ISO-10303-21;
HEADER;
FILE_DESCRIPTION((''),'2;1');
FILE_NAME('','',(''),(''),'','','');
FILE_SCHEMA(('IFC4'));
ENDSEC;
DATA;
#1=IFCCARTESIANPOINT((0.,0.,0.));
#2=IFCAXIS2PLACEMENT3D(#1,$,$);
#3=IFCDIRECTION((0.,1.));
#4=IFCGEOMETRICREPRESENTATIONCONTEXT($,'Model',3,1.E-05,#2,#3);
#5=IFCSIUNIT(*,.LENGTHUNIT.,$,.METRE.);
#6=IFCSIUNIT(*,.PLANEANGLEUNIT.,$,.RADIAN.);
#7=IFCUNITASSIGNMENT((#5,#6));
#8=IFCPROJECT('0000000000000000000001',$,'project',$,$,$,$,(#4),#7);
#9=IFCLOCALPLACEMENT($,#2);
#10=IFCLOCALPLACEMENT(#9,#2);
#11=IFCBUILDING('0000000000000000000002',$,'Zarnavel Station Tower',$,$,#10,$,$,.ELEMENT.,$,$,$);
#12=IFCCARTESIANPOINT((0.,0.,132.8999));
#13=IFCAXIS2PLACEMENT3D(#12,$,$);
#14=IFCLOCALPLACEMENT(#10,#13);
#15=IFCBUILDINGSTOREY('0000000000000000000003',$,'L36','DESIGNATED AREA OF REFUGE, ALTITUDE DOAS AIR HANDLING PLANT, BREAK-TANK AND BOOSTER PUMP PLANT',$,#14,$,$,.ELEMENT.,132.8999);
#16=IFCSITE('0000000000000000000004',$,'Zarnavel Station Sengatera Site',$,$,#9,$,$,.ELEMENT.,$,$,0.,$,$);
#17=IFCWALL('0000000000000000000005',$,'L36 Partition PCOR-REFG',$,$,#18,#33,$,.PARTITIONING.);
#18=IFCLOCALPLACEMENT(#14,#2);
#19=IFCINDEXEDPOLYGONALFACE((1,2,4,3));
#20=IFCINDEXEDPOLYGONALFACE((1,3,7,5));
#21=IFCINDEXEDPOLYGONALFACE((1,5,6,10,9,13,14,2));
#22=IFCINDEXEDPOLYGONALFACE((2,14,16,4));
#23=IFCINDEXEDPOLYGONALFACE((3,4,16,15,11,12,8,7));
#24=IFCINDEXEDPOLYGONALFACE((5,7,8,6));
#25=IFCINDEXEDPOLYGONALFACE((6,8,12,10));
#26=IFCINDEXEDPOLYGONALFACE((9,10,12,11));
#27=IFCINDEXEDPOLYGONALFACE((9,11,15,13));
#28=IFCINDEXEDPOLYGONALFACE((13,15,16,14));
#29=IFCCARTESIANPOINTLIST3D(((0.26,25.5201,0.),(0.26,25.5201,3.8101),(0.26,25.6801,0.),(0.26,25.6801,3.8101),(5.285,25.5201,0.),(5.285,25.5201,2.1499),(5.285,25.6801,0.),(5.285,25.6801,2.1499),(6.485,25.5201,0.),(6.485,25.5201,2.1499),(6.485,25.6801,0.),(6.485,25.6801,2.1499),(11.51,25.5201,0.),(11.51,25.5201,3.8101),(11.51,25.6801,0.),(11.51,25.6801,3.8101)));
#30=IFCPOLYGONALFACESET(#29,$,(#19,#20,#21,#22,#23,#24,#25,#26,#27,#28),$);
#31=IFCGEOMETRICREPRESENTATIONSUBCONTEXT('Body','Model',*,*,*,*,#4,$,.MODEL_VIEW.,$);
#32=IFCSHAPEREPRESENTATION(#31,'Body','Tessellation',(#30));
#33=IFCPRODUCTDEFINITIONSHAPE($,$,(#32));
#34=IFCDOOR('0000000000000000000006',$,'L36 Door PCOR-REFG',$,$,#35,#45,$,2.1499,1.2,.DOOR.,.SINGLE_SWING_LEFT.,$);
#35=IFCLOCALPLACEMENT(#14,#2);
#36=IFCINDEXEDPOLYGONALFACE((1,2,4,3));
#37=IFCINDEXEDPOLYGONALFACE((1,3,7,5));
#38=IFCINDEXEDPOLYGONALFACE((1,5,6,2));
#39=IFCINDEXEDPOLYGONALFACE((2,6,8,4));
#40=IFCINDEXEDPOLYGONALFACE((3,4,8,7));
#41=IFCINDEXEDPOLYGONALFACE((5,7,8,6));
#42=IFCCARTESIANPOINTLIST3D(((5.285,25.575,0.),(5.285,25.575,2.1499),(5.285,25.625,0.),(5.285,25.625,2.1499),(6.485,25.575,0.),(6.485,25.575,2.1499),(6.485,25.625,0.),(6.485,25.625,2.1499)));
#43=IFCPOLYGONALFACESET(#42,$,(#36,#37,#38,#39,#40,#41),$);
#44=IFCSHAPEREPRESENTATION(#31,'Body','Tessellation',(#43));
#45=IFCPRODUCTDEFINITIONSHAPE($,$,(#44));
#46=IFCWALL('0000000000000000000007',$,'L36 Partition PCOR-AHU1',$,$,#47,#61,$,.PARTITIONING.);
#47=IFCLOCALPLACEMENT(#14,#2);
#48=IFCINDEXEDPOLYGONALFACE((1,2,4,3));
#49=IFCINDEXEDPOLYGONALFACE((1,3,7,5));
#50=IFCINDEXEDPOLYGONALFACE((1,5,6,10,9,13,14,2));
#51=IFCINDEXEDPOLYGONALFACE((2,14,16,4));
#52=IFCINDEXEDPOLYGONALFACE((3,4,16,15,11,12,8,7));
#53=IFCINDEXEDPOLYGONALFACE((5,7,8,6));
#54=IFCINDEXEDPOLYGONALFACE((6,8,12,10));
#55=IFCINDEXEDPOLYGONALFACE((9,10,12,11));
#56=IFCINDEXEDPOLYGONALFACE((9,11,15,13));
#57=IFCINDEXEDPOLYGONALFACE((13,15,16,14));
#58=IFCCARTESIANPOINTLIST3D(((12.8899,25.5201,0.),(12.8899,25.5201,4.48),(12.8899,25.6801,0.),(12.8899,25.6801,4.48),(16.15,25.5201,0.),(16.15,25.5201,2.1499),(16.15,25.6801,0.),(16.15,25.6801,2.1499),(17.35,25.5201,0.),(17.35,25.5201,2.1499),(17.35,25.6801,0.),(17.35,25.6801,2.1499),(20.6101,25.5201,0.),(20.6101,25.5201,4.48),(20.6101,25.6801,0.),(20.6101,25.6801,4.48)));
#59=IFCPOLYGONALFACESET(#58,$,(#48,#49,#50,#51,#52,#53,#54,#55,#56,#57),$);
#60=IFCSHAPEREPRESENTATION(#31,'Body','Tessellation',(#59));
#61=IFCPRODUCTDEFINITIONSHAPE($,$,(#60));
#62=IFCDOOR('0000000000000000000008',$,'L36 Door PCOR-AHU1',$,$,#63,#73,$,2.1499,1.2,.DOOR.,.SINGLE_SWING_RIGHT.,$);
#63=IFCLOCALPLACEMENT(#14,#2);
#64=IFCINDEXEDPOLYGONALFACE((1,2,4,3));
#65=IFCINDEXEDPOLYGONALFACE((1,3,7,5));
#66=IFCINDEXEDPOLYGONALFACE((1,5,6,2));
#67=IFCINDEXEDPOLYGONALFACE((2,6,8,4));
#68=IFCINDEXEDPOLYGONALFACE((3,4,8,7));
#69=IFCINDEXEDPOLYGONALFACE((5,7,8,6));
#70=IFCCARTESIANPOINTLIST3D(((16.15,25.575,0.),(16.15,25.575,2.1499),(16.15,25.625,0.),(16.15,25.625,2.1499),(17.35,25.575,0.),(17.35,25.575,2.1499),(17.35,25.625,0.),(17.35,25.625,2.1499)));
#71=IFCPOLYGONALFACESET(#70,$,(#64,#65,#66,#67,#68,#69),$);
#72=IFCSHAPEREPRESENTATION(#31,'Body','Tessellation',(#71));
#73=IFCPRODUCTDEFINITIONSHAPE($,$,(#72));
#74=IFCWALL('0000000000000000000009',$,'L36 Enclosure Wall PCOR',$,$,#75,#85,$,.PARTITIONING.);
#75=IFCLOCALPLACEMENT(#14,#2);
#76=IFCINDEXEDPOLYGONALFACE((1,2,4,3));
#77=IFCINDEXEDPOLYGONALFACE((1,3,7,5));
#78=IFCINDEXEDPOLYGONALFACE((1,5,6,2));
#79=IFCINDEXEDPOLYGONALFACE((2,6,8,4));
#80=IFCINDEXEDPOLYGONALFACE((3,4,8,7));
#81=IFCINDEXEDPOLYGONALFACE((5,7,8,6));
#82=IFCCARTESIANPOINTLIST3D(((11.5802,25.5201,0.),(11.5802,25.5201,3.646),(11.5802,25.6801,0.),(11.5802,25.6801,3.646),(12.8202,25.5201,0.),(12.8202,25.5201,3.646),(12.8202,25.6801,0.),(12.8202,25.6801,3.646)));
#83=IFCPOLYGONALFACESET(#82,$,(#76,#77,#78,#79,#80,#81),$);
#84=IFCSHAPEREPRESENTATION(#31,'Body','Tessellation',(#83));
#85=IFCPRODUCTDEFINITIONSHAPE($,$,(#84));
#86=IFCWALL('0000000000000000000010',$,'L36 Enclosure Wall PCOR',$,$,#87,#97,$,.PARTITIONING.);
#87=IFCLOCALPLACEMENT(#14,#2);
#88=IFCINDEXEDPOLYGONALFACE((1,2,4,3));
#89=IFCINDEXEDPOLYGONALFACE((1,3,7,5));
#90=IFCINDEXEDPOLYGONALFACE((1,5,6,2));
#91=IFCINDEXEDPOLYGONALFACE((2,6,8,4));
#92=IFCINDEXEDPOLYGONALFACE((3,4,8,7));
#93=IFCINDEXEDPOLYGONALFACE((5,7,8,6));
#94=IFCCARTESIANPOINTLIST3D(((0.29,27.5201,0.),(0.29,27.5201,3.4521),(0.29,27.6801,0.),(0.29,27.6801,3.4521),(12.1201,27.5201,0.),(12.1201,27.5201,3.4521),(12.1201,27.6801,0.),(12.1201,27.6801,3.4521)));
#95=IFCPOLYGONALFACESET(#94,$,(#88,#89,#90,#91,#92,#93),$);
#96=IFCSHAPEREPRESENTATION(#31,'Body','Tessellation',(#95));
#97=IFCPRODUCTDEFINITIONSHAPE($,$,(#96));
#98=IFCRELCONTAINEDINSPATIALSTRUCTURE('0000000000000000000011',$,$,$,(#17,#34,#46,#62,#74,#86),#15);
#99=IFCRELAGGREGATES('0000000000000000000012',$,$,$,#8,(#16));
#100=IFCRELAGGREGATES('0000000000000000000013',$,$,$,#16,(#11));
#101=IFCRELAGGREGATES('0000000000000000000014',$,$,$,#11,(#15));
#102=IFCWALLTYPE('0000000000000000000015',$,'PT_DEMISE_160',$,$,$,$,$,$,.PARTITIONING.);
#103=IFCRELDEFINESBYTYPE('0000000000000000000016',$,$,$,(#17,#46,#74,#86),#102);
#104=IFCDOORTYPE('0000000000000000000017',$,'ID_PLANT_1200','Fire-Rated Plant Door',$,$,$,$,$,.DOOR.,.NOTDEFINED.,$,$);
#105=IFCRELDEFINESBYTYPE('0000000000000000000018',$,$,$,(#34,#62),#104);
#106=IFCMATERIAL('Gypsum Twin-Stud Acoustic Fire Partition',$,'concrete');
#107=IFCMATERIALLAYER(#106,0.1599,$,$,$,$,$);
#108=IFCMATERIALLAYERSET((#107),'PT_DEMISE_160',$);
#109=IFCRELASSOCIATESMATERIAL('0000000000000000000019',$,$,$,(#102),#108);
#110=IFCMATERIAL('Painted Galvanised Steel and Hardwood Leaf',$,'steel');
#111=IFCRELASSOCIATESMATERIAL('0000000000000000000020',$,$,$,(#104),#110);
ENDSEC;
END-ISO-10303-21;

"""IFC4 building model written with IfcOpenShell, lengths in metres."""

from ifc_helpers import new_model, si_unit, direction, frame, frame_2d, origin, place, context, subcontext, project, spatial, rectangle, extrude, material, layer, layer_set, type_object, element, fill, save


model = new_model("IFC4")

# Units and contexts
model_context = context("Model", 3, precision=1e-05, world=origin(), true_north=direction((0.0, 1.0)))
body_context = subcontext(model_context, "Body", "Model", "MODEL_VIEW")
ifc_project = project(units=[si_unit("LENGTHUNIT", "METRE"), si_unit("PLANEANGLEUNIT", "RADIAN")], contexts=[model_context])

# Site, building, storey
site_placement = place(None, origin())
site = spatial("IfcSite", under=ifc_project, at=site_placement, Name="Zarnavel Station Sengatera Site", CompositionType="ELEMENT", RefElevation=0.0)
building_placement = place(site_placement, origin())
building = spatial("IfcBuilding", under=site, at=building_placement, Name="Zarnavel Station Tower", CompositionType="ELEMENT")
storey_placement = place(building_placement, frame((0.0, 0.0, 132.8999)))
storey = spatial("IfcBuildingStorey", under=building, at=storey_placement, Name="L36", Description="DESIGNATED AREA OF REFUGE, ALTITUDE DOAS AIR HANDLING PLANT, BREAK-TANK AND BOOSTER PUMP PLANT", CompositionType="ELEMENT", Elevation=132.8999)

# Walls, openings, doors
ifc_material_1 = material(Name="Gypsum Twin-Stud Acoustic Fire Partition", Category="concrete")
ifc_layer_1 = layer(ifc_material_1, 0.1599)
ifc_layer_set_1 = layer_set([ifc_layer_1], Name="PT_DEMISE_160")
wall_type_1 = type_object("IfcWallType", Name="PT_DEMISE_160", PredefinedType="PARTITIONING", material=ifc_layer_set_1)
wall_1_placement = place(storey_placement, frame((0.26, 25.6001, 0.0), z_axis=(0.0, 0.0, 1.0), x_axis=(1.0, 0.0, 0.0)))
wall_1 = element("IfcWall", 1, at=wall_1_placement, inside=storey, type_object=wall_type_1, Name="L36 Partition PCOR-REFG", PredefinedType="PARTITIONING", context=body_context, shape_type="SweptSolid", body=[
    extrude(rectangle(XDim=11.25, YDim=0.1599, at=frame_2d((5.625, 0.0))), origin(), (0.0, 0.0, 1.0), 3.8101),
])
opening_1_placement = place(wall_1_placement, frame((5.0249, 0.0, 0.0)))
opening_1 = element("IfcOpeningElement", 2, at=opening_1_placement, cuts=wall_1, PredefinedType="OPENING", context=body_context, shape_type="SweptSolid", body=[
    extrude(rectangle(XDim=1.2, YDim=2.1499, at=frame_2d((0.6001, 1.075))), frame((0.0, 0.0898, 0.0), z_axis=(0.0, -1.0, 0.0), x_axis=(1.0, 0.0, 0.0)), (0.0, 0.0, 1.0), 0.1799),
])
ifc_material_2 = material(Name="Painted Galvanised Steel and Hardwood Leaf", Category="steel")
door_type_1 = type_object("IfcDoorType", Name="ID_PLANT_1200", Description="Fire-Rated Plant Door", OperationType="NOTDEFINED", PredefinedType="DOOR", material=ifc_material_2)
door_1_placement = place(opening_1_placement, origin())
door_1 = element("IfcDoor", 3, at=door_1_placement, inside=storey, type_object=door_type_1, Name="L36 Door PCOR-REFG", OperationType="SINGLE_SWING_LEFT", OverallHeight=2.1499, OverallWidth=1.2, PredefinedType="DOOR", context=body_context, shape_type="SweptSolid", body=[
    extrude(rectangle(XDim=1.2, YDim=2.1499, at=frame_2d((0.6001, 1.075))), frame((0.0, 0.0249, 0.0), z_axis=(0.0, -1.0, 0.0), x_axis=(1.0, 0.0, 0.0)), (0.0, 0.0, 1.0), 0.05),
])
fill(opening_1, door_1)
wall_2_placement = place(storey_placement, frame((12.8899, 25.6001, 0.0), z_axis=(0.0, 0.0, 1.0), x_axis=(1.0, 0.0, 0.0)))
wall_2 = element("IfcWall", 4, at=wall_2_placement, inside=storey, type_object=wall_type_1, Name="L36 Partition PCOR-AHU1", PredefinedType="PARTITIONING", context=body_context, shape_type="SweptSolid", body=[
    extrude(rectangle(XDim=7.7202, YDim=0.1599, at=frame_2d((3.8601, 0.0))), origin(), (0.0, 0.0, 1.0), 4.48),
])
opening_2_placement = place(wall_2_placement, frame((3.26, 0.0, 0.0)))
opening_2 = element("IfcOpeningElement", 5, at=opening_2_placement, cuts=wall_2, PredefinedType="OPENING", context=body_context, shape_type="SweptSolid", body=[
    extrude(rectangle(XDim=1.2, YDim=2.1499, at=frame_2d((0.6001, 1.075))), frame((0.0, 0.0898, 0.0), z_axis=(0.0, -1.0, 0.0), x_axis=(1.0, 0.0, 0.0)), (0.0, 0.0, 1.0), 0.1799),
])
door_2_placement = place(opening_2_placement, origin())
door_2 = element("IfcDoor", 6, at=door_2_placement, inside=storey, type_object=door_type_1, Name="L36 Door PCOR-AHU1", OperationType="SINGLE_SWING_RIGHT", OverallHeight=2.1499, OverallWidth=1.2, PredefinedType="DOOR", context=body_context, shape_type="SweptSolid", body=[
    extrude(rectangle(XDim=1.2, YDim=2.1499, at=frame_2d((0.6001, 1.075))), frame((0.0, 0.0249, 0.0), z_axis=(0.0, -1.0, 0.0), x_axis=(1.0, 0.0, 0.0)), (0.0, 0.0, 1.0), 0.05),
])
fill(opening_2, door_2)

# Walls
wall_3_placement = place(storey_placement, frame((11.5801, 25.6001, 0.0), z_axis=(0.0, 0.0, 1.0), x_axis=(1.0, 0.0, 0.0)))
element("IfcWall", 7, at=wall_3_placement, inside=storey, type_object=wall_type_1, Name="L36 Enclosure Wall PCOR", PredefinedType="PARTITIONING", context=body_context, shape_type="SweptSolid", body=[
    extrude(rectangle(XDim=1.24, YDim=0.1599, at=frame_2d((0.6201, 0.0))), origin(), (0.0, 0.0, 1.0), 3.646),
])
wall_4_placement = place(storey_placement, frame((0.29, 27.6001, 0.0), z_axis=(0.0, 0.0, 1.0), x_axis=(1.0, 0.0, 0.0)))
element("IfcWall", 8, at=wall_4_placement, inside=storey, type_object=wall_type_1, Name="L36 Enclosure Wall PCOR", PredefinedType="PARTITIONING", context=body_context, shape_type="SweptSolid", body=[
    extrude(rectangle(XDim=11.8301, YDim=0.1599, at=frame_2d((5.915, 0.0))), origin(), (0.0, 0.0, 1.0), 3.4521),
])

save(model, "model.ifc")
